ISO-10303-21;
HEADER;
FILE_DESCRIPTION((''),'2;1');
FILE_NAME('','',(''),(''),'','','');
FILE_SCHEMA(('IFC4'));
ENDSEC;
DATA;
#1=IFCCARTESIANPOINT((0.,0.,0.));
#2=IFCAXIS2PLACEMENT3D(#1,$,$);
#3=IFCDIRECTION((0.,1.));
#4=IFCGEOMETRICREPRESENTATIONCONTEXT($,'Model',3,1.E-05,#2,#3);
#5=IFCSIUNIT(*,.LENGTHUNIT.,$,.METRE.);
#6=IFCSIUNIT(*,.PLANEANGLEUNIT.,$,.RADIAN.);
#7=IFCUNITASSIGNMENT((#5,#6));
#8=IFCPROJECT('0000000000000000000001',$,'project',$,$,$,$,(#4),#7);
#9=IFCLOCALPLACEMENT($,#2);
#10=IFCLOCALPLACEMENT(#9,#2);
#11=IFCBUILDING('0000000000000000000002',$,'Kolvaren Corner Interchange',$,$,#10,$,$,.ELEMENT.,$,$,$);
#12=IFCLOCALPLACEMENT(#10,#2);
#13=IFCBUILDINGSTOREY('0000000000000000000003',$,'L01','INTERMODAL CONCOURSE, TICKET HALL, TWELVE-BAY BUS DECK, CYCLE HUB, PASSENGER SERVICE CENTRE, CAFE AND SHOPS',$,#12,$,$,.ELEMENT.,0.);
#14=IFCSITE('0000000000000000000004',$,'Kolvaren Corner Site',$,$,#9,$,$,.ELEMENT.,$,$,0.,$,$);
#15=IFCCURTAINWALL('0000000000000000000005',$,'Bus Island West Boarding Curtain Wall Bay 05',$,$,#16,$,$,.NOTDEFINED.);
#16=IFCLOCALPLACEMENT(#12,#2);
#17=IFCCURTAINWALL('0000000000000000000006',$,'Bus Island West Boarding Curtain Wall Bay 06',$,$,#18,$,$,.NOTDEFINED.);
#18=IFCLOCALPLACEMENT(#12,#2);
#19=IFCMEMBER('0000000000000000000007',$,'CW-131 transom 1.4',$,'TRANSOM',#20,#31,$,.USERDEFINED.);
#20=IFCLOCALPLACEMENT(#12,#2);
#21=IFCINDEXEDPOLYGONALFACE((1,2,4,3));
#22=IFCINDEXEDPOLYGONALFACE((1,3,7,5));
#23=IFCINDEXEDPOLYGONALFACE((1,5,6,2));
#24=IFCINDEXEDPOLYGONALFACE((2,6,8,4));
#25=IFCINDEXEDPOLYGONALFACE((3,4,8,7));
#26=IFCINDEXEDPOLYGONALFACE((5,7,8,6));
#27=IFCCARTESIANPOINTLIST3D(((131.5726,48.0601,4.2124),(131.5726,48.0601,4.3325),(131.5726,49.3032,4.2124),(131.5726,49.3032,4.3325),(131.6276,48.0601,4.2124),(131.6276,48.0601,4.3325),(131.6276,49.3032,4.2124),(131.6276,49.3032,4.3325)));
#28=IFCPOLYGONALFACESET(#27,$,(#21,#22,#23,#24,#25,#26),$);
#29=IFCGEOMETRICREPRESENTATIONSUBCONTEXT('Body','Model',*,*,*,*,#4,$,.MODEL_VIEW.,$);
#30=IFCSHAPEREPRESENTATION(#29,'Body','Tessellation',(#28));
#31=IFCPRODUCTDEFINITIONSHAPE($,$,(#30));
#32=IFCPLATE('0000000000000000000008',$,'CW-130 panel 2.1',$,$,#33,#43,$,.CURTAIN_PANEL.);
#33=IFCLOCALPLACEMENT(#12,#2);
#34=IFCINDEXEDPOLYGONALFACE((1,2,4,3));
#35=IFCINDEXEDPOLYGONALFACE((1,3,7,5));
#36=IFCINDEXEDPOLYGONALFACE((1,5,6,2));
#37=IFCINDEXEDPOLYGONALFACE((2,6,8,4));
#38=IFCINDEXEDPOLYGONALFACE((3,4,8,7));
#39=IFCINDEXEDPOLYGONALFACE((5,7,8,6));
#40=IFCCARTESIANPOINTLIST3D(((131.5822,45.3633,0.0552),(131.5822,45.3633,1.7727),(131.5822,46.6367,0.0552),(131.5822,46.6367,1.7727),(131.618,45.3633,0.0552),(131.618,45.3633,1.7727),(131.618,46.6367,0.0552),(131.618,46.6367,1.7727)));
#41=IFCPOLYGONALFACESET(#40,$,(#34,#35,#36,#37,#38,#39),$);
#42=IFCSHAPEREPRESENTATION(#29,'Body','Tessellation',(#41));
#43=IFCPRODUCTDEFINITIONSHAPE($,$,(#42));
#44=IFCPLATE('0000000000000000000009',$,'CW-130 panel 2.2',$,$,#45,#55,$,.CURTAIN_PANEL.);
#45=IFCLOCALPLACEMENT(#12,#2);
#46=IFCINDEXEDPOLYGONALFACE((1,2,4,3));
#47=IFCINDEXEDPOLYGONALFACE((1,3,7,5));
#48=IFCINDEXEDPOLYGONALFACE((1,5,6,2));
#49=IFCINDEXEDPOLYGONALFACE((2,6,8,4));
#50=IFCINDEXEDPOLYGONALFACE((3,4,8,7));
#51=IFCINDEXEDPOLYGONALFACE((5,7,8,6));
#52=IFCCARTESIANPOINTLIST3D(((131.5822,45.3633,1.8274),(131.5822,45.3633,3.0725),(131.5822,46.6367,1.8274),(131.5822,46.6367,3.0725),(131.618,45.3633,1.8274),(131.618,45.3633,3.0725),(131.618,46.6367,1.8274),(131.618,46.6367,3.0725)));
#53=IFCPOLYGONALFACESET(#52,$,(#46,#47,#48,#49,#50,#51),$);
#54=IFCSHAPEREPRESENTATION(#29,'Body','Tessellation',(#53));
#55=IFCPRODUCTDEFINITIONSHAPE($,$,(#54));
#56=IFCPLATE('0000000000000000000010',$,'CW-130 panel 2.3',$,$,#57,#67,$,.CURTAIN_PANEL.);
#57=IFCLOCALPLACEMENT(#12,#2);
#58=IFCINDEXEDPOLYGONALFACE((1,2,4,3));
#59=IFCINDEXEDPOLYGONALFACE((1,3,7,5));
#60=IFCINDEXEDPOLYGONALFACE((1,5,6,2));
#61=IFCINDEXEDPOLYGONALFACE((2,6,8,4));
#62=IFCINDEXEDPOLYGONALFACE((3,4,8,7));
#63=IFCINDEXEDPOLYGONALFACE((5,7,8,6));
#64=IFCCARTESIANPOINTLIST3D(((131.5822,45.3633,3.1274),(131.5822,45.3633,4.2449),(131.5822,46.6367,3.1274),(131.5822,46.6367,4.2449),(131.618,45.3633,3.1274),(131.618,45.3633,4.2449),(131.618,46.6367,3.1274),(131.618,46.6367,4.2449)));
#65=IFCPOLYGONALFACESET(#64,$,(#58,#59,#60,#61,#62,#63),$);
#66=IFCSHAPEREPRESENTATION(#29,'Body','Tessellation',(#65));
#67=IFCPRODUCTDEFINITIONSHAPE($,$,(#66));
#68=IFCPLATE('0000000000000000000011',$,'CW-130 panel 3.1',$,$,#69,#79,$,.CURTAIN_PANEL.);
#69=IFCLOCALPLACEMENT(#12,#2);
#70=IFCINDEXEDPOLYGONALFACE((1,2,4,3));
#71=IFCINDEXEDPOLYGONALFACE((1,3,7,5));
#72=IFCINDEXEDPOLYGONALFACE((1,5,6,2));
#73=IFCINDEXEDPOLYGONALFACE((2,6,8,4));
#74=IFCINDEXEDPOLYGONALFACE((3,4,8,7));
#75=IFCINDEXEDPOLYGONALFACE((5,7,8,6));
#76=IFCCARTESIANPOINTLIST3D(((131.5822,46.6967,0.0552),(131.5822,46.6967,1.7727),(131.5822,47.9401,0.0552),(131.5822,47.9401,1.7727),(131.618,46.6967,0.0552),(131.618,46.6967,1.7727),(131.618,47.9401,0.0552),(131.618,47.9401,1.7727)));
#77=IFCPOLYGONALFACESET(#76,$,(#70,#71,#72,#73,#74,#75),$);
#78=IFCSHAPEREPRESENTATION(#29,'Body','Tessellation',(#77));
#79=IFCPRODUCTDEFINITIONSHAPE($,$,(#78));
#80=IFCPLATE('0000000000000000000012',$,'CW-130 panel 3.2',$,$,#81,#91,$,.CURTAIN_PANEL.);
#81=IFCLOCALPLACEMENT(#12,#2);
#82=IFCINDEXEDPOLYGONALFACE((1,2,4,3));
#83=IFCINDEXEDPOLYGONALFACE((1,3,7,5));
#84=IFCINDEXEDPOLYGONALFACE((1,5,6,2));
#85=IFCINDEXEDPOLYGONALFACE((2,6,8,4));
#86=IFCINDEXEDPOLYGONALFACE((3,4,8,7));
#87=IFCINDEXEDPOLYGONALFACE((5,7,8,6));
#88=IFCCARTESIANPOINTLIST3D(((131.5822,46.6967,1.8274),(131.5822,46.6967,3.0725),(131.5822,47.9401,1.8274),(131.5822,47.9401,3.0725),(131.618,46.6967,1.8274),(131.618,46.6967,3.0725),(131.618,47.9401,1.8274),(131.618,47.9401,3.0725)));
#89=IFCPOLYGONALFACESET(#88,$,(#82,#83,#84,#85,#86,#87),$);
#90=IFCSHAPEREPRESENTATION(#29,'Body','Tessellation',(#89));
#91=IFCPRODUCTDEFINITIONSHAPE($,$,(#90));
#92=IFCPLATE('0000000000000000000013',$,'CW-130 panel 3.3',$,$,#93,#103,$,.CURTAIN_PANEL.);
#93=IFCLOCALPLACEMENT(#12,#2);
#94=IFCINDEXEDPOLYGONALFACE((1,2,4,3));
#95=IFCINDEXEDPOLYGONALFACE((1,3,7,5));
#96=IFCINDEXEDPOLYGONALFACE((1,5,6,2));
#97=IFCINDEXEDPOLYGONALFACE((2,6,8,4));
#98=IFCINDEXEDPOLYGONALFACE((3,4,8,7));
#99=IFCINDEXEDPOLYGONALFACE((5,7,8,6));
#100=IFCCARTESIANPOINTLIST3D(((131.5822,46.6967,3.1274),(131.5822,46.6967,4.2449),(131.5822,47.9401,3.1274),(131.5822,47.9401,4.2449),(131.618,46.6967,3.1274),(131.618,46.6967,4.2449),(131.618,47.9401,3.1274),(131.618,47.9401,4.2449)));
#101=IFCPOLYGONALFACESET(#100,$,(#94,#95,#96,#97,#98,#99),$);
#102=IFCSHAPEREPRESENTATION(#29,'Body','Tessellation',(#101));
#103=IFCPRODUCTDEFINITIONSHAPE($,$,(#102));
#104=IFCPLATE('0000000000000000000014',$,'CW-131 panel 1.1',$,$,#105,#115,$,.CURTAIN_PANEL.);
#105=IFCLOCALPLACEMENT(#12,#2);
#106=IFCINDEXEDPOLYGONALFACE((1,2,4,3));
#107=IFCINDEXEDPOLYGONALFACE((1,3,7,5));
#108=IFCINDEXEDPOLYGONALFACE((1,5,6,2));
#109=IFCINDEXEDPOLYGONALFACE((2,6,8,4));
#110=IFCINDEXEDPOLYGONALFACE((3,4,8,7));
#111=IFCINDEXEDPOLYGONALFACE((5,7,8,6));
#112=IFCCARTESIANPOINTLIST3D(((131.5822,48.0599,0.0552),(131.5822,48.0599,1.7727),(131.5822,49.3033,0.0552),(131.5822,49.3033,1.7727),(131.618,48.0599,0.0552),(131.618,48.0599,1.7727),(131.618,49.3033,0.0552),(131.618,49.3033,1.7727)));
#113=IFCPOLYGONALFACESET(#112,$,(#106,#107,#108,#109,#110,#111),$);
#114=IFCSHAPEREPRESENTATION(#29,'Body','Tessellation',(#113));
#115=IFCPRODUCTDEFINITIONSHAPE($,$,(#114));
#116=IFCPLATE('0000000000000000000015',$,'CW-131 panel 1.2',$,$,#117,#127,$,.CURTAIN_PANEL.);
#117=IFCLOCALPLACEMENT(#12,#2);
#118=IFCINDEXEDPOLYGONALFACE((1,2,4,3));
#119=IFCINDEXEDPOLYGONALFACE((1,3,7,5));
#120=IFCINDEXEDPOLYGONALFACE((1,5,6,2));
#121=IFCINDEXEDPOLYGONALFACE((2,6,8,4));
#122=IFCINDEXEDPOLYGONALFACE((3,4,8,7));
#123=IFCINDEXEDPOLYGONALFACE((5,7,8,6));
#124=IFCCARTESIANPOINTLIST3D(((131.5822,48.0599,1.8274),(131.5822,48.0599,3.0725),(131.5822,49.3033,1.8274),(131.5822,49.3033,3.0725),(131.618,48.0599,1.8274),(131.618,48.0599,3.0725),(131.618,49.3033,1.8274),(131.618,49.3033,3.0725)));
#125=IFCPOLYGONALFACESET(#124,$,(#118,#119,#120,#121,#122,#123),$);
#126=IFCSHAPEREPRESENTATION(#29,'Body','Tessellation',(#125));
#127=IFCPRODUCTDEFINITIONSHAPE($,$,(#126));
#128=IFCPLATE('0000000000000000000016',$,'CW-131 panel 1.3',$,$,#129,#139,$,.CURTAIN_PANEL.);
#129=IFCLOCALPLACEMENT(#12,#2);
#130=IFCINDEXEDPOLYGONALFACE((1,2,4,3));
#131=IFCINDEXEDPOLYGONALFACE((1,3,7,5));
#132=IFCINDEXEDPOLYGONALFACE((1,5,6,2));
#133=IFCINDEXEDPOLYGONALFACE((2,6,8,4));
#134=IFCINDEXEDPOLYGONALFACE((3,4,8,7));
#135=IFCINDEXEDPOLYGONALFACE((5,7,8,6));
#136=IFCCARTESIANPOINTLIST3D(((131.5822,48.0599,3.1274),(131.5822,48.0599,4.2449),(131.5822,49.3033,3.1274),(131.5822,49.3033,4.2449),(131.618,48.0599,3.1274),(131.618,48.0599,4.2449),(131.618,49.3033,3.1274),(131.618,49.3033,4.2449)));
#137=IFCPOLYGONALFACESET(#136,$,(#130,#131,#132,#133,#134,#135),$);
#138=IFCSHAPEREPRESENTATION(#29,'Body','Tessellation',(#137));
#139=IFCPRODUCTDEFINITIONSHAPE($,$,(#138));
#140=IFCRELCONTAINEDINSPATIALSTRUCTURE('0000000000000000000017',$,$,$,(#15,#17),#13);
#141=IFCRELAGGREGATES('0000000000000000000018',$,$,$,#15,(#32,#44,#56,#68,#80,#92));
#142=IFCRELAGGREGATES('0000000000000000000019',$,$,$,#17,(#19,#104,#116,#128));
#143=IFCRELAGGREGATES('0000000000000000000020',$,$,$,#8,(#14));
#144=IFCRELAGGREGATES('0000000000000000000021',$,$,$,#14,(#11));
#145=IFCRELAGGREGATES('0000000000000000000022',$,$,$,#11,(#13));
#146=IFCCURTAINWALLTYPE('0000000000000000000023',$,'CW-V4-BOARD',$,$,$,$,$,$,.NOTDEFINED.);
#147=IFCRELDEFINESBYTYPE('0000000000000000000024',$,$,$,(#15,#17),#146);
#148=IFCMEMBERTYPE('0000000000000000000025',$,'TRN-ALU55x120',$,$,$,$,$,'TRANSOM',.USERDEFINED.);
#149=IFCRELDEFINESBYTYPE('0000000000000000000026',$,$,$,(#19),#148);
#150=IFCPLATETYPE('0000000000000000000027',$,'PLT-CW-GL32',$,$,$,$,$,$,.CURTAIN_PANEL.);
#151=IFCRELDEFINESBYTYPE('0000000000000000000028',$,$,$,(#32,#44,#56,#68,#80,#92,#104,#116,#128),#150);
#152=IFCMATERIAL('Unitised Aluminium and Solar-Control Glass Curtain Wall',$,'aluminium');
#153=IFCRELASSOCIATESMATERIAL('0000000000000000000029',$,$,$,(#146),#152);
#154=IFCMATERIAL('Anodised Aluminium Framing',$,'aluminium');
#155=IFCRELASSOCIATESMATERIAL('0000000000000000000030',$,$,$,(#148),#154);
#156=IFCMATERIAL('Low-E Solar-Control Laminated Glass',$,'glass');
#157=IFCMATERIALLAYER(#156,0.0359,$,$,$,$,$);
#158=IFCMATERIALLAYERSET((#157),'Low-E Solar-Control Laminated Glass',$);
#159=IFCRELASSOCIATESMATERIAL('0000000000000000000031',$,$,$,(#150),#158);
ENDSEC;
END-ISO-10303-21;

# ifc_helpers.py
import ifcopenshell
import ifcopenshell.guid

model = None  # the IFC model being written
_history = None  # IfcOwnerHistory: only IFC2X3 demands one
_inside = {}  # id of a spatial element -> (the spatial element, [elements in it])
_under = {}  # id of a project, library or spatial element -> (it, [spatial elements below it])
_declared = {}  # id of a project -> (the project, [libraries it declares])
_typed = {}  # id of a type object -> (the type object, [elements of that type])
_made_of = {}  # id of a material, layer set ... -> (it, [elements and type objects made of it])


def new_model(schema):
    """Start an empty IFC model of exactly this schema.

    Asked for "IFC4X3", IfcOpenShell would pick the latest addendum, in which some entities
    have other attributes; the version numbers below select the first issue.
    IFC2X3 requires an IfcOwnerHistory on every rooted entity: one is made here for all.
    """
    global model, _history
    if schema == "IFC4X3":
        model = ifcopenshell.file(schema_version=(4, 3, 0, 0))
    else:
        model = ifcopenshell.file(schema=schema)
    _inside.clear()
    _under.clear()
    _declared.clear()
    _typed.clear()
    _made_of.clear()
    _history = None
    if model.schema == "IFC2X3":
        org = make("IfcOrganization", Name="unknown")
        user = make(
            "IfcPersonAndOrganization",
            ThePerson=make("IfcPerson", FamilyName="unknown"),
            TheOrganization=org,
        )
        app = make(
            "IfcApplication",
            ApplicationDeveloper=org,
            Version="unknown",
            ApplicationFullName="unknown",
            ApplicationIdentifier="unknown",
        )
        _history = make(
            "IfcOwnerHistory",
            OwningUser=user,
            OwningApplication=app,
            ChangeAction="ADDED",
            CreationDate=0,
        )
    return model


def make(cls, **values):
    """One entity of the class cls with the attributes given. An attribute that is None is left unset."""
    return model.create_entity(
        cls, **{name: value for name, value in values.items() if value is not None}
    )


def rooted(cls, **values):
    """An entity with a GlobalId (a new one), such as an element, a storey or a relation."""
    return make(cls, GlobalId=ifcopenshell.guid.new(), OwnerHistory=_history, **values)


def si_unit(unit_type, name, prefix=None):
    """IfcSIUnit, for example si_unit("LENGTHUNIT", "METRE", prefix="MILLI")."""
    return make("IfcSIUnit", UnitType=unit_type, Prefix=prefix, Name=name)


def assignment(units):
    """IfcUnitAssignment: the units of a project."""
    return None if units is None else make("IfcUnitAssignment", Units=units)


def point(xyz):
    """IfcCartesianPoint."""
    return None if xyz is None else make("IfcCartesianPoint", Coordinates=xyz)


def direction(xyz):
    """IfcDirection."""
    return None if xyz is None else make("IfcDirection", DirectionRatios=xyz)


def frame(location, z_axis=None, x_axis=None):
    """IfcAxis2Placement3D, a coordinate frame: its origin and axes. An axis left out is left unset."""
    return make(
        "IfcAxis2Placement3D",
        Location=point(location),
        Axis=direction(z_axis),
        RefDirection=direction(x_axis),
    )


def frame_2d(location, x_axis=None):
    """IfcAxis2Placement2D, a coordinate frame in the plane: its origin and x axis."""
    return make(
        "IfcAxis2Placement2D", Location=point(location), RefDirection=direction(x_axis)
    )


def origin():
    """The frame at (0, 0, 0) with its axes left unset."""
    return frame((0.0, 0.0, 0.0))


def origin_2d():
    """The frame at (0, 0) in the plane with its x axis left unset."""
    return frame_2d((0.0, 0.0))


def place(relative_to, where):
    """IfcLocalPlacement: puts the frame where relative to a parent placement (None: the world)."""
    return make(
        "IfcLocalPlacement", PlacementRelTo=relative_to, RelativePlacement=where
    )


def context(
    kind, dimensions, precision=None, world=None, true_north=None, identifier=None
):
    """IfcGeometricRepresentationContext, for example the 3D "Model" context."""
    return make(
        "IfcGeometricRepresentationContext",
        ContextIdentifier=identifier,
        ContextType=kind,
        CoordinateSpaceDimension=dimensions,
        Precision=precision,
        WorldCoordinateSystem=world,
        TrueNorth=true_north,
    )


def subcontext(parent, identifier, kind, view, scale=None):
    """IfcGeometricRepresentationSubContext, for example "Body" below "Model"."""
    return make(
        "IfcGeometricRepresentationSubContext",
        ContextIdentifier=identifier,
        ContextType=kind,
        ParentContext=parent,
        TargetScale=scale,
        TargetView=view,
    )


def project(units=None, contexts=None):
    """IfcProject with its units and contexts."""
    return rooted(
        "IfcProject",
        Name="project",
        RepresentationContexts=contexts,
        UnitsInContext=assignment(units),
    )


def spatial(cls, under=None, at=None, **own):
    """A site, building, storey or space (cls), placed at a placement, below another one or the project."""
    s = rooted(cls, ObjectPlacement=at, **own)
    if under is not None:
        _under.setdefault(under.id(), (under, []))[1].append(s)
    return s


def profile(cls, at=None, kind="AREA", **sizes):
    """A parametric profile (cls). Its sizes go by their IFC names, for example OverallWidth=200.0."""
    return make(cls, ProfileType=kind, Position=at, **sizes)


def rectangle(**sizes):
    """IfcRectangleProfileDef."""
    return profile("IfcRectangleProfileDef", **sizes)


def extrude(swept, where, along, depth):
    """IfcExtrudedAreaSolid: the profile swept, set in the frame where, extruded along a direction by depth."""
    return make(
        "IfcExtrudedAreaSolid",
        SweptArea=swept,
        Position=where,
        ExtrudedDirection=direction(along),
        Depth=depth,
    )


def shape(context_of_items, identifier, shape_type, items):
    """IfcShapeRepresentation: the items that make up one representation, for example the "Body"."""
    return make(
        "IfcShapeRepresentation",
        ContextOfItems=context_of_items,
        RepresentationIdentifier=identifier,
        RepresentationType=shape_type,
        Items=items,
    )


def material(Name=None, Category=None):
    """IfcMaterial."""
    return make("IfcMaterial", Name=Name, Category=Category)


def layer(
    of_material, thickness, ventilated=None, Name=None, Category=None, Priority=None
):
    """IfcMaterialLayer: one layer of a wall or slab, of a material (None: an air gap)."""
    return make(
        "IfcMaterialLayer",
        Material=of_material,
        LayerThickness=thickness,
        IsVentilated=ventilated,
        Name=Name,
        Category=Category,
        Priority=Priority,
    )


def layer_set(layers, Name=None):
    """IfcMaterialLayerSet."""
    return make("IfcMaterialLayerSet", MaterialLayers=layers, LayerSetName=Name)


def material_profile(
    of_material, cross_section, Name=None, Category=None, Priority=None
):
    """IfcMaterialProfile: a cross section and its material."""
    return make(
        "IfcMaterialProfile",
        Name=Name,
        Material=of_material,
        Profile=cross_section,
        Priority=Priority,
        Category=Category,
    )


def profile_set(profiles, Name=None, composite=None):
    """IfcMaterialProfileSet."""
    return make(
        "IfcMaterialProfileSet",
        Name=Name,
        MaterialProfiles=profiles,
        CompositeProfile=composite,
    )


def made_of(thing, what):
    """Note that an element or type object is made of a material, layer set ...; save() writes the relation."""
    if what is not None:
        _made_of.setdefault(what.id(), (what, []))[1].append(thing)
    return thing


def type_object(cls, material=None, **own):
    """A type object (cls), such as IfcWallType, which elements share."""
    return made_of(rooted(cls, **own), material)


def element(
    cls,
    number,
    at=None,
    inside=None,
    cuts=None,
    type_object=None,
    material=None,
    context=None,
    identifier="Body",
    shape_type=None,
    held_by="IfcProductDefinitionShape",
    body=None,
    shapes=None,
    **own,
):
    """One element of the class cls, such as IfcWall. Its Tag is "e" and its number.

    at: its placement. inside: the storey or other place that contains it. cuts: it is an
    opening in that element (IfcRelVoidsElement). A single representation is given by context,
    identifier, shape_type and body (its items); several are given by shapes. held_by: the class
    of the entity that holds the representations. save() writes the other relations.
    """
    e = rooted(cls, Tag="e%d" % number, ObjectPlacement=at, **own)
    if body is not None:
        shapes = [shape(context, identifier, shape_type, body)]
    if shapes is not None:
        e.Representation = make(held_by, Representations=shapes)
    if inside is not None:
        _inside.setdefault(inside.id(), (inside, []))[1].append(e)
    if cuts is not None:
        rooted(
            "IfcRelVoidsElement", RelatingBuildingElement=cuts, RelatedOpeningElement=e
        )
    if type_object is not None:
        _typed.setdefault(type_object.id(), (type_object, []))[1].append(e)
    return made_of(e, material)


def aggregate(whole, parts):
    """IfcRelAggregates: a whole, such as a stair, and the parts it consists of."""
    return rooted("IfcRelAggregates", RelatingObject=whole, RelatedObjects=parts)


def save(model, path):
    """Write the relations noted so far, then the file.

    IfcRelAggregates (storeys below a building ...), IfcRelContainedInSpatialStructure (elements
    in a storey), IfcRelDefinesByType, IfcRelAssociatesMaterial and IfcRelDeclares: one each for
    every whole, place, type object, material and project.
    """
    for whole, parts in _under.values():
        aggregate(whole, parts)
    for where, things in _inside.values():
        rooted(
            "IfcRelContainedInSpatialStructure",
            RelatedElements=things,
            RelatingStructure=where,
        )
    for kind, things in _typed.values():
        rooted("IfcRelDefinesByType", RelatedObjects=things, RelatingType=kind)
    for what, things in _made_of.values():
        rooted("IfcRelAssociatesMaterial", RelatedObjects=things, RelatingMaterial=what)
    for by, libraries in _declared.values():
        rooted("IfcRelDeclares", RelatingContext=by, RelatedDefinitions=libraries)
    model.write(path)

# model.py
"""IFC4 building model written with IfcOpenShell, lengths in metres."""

from ifc_helpers import new_model, si_unit, direction, frame, origin, origin_2d, place, context, subcontext, project, spatial, rectangle, extrude, material, layer, layer_set, material_profile, profile_set, type_object, element, aggregate, save


model = new_model("IFC4")

# Units and contexts
model_context = context("Model", 3, precision=1e-05, world=origin(), true_north=direction((0.0, 1.0)))
body_context = subcontext(model_context, "Body", "Model", "MODEL_VIEW")
ifc_project = project(units=[si_unit("LENGTHUNIT", "METRE"), si_unit("PLANEANGLEUNIT", "RADIAN")], contexts=[model_context])

# Site, building, storey
site_placement = place(None, origin())
site = spatial("IfcSite", under=ifc_project, at=site_placement, Name="Kolvaren Corner Site", CompositionType="ELEMENT", RefElevation=0.0)
building_placement = place(site_placement, origin())
building = spatial("IfcBuilding", under=site, at=building_placement, Name="Kolvaren Corner Interchange", CompositionType="ELEMENT")
storey_placement = place(building_placement, origin())
storey = spatial("IfcBuildingStorey", under=building, at=storey_placement, Name="L01", Description="INTERMODAL CONCOURSE, TICKET HALL, TWELVE-BAY BUS DECK, CYCLE HUB, PASSENGER SERVICE CENTRE, CAFE AND SHOPS", CompositionType="ELEMENT", Elevation=0.0)

# Curtain walls
ifc_material_1 = material(Name="Unitised Aluminium and Solar-Control Glass Curtain Wall", Category="aluminium")
curtain_wall_type = type_object("IfcCurtainWallType", Name="CW-V4-BOARD", PredefinedType="NOTDEFINED", material=ifc_material_1)
curtain_wall_1_placement = place(storey_placement, origin())
curtain_wall_1 = element("IfcCurtainWall", 1, at=curtain_wall_1_placement, inside=storey, type_object=curtain_wall_type, Name="Bus Island West Boarding Curtain Wall Bay 05", PredefinedType="NOTDEFINED")
curtain_wall_2_placement = place(storey_placement, origin())
curtain_wall_2 = element("IfcCurtainWall", 2, at=curtain_wall_2_placement, inside=storey, type_object=curtain_wall_type, Name="Bus Island West Boarding Curtain Wall Bay 06", PredefinedType="NOTDEFINED")

# Member
ifc_material_2 = material(Name="Anodised Aluminium Framing", Category="aluminium")
ifc_material_profile_1 = material_profile(ifc_material_2, rectangle(XDim=0.0549, YDim=0.1201, at=origin_2d()), Name="ALU 55x120")
ifc_profile_set_1 = profile_set([ifc_material_profile_1], Name="Anodised Aluminium Framing")
member_type_1 = type_object("IfcMemberType", Name="TRN-ALU55x120", ElementType="TRANSOM", PredefinedType="USERDEFINED", material=ifc_profile_set_1)
member_1_placement = place(storey_placement, frame((131.6001, 48.0601, 4.2725), z_axis=(0.0, 1.0, 0.0), x_axis=(-1.0, 0.0, 0.0)))
member_1 = element("IfcMember", 3, at=member_1_placement, type_object=member_type_1, Name="CW-131 transom 1.4", ObjectType="TRANSOM", PredefinedType="USERDEFINED", context=body_context, shape_type="SweptSolid", body=[
    extrude(rectangle(XDim=0.0549, YDim=0.1201, at=origin_2d()), origin(), (0.0, 0.0, 1.0), 1.2432),
])

# Plates
ifc_material_3 = material(Name="Low-E Solar-Control Laminated Glass", Category="glass")
ifc_layer = layer(ifc_material_3, 0.0359)
ifc_layer_set = layer_set([ifc_layer], Name="Low-E Solar-Control Laminated Glass")
plate_type = type_object("IfcPlateType", Name="PLT-CW-GL32", PredefinedType="CURTAIN_PANEL", material=ifc_layer_set)
plate_1_placement = place(storey_placement, frame((131.6001, 46.0, 0.0552), z_axis=(0.0, 0.0, 1.0), x_axis=(0.0, 1.0, 0.0)))
plate_1 = element("IfcPlate", 4, at=plate_1_placement, type_object=plate_type, Name="CW-130 panel 2.1", PredefinedType="CURTAIN_PANEL", context=body_context, shape_type="SweptSolid", body=[
    extrude(rectangle(XDim=1.2734, YDim=0.0359, at=origin_2d()), origin(), (0.0, 0.0, 1.0), 1.7175),
])
plate_2_placement = place(storey_placement, frame((131.6001, 46.0, 1.8274), z_axis=(0.0, 0.0, 1.0), x_axis=(0.0, 1.0, 0.0)))
plate_2 = element("IfcPlate", 5, at=plate_2_placement, type_object=plate_type, Name="CW-130 panel 2.2", PredefinedType="CURTAIN_PANEL", context=body_context, shape_type="SweptSolid", body=[
    extrude(rectangle(XDim=1.2734, YDim=0.0359, at=origin_2d()), origin(), (0.0, 0.0, 1.0), 1.2451),
])
plate_3_placement = place(storey_placement, frame((131.6001, 46.0, 3.1274), z_axis=(0.0, 0.0, 1.0), x_axis=(0.0, 1.0, 0.0)))
plate_3 = element("IfcPlate", 6, at=plate_3_placement, type_object=plate_type, Name="CW-130 panel 2.3", PredefinedType="CURTAIN_PANEL", context=body_context, shape_type="SweptSolid", body=[
    extrude(rectangle(XDim=1.2734, YDim=0.0359, at=origin_2d()), origin(), (0.0, 0.0, 1.0), 1.1174),
])
plate_4_placement = place(storey_placement, frame((131.6001, 47.3184, 0.0552), z_axis=(0.0, 0.0, 1.0), x_axis=(0.0, 1.0, 0.0)))
plate_4 = element("IfcPlate", 7, at=plate_4_placement, type_object=plate_type, Name="CW-130 panel 3.1", PredefinedType="CURTAIN_PANEL", context=body_context, shape_type="SweptSolid", body=[
    extrude(rectangle(XDim=1.2434, YDim=0.0359, at=origin_2d()), origin(), (0.0, 0.0, 1.0), 1.7175),
])
plate_5_placement = place(storey_placement, frame((131.6001, 47.3184, 1.8274), z_axis=(0.0, 0.0, 1.0), x_axis=(0.0, 1.0, 0.0)))
plate_5 = element("IfcPlate", 8, at=plate_5_placement, type_object=plate_type, Name="CW-130 panel 3.2", PredefinedType="CURTAIN_PANEL", context=body_context, shape_type="SweptSolid", body=[
    extrude(rectangle(XDim=1.2434, YDim=0.0359, at=origin_2d()), origin(), (0.0, 0.0, 1.0), 1.2451),
])
plate_6_placement = place(storey_placement, frame((131.6001, 47.3184, 3.1274), z_axis=(0.0, 0.0, 1.0), x_axis=(0.0, 1.0, 0.0)))
plate_6 = element("IfcPlate", 9, at=plate_6_placement, type_object=plate_type, Name="CW-130 panel 3.3", PredefinedType="CURTAIN_PANEL", context=body_context, shape_type="SweptSolid", body=[
    extrude(rectangle(XDim=1.2434, YDim=0.0359, at=origin_2d()), origin(), (0.0, 0.0, 1.0), 1.1174),
])
aggregate(curtain_wall_1, [plate_1, plate_2, plate_3, plate_4, plate_5, plate_6])
plate_7_placement = place(storey_placement, frame((131.6001, 48.6816, 0.0552), z_axis=(0.0, 0.0, 1.0), x_axis=(0.0, 1.0, 0.0)))
plate_7 = element("IfcPlate", 10, at=plate_7_placement, type_object=plate_type, Name="CW-131 panel 1.1", PredefinedType="CURTAIN_PANEL", context=body_context, shape_type="SweptSolid", body=[
    extrude(rectangle(XDim=1.2434, YDim=0.0359, at=origin_2d()), origin(), (0.0, 0.0, 1.0), 1.7175),
])
plate_8_placement = place(storey_placement, frame((131.6001, 48.6816, 1.8274), z_axis=(0.0, 0.0, 1.0), x_axis=(0.0, 1.0, 0.0)))
plate_8 = element("IfcPlate", 11, at=plate_8_placement, type_object=plate_type, Name="CW-131 panel 1.2", PredefinedType="CURTAIN_PANEL", context=body_context, shape_type="SweptSolid", body=[
    extrude(rectangle(XDim=1.2434, YDim=0.0359, at=origin_2d()), origin(), (0.0, 0.0, 1.0), 1.2451),
])
plate_9_placement = place(storey_placement, frame((131.6001, 48.6816, 3.1274), z_axis=(0.0, 0.0, 1.0), x_axis=(0.0, 1.0, 0.0)))
plate_9 = element("IfcPlate", 12, at=plate_9_placement, type_object=plate_type, Name="CW-131 panel 1.3", PredefinedType="CURTAIN_PANEL", context=body_context, shape_type="SweptSolid", body=[
    extrude(rectangle(XDim=1.2434, YDim=0.0359, at=origin_2d()), origin(), (0.0, 0.0, 1.0), 1.1174),
])
aggregate(curtain_wall_2, [member_1, plate_7, plate_8, plate_9])

save(model, "model.ifc")
